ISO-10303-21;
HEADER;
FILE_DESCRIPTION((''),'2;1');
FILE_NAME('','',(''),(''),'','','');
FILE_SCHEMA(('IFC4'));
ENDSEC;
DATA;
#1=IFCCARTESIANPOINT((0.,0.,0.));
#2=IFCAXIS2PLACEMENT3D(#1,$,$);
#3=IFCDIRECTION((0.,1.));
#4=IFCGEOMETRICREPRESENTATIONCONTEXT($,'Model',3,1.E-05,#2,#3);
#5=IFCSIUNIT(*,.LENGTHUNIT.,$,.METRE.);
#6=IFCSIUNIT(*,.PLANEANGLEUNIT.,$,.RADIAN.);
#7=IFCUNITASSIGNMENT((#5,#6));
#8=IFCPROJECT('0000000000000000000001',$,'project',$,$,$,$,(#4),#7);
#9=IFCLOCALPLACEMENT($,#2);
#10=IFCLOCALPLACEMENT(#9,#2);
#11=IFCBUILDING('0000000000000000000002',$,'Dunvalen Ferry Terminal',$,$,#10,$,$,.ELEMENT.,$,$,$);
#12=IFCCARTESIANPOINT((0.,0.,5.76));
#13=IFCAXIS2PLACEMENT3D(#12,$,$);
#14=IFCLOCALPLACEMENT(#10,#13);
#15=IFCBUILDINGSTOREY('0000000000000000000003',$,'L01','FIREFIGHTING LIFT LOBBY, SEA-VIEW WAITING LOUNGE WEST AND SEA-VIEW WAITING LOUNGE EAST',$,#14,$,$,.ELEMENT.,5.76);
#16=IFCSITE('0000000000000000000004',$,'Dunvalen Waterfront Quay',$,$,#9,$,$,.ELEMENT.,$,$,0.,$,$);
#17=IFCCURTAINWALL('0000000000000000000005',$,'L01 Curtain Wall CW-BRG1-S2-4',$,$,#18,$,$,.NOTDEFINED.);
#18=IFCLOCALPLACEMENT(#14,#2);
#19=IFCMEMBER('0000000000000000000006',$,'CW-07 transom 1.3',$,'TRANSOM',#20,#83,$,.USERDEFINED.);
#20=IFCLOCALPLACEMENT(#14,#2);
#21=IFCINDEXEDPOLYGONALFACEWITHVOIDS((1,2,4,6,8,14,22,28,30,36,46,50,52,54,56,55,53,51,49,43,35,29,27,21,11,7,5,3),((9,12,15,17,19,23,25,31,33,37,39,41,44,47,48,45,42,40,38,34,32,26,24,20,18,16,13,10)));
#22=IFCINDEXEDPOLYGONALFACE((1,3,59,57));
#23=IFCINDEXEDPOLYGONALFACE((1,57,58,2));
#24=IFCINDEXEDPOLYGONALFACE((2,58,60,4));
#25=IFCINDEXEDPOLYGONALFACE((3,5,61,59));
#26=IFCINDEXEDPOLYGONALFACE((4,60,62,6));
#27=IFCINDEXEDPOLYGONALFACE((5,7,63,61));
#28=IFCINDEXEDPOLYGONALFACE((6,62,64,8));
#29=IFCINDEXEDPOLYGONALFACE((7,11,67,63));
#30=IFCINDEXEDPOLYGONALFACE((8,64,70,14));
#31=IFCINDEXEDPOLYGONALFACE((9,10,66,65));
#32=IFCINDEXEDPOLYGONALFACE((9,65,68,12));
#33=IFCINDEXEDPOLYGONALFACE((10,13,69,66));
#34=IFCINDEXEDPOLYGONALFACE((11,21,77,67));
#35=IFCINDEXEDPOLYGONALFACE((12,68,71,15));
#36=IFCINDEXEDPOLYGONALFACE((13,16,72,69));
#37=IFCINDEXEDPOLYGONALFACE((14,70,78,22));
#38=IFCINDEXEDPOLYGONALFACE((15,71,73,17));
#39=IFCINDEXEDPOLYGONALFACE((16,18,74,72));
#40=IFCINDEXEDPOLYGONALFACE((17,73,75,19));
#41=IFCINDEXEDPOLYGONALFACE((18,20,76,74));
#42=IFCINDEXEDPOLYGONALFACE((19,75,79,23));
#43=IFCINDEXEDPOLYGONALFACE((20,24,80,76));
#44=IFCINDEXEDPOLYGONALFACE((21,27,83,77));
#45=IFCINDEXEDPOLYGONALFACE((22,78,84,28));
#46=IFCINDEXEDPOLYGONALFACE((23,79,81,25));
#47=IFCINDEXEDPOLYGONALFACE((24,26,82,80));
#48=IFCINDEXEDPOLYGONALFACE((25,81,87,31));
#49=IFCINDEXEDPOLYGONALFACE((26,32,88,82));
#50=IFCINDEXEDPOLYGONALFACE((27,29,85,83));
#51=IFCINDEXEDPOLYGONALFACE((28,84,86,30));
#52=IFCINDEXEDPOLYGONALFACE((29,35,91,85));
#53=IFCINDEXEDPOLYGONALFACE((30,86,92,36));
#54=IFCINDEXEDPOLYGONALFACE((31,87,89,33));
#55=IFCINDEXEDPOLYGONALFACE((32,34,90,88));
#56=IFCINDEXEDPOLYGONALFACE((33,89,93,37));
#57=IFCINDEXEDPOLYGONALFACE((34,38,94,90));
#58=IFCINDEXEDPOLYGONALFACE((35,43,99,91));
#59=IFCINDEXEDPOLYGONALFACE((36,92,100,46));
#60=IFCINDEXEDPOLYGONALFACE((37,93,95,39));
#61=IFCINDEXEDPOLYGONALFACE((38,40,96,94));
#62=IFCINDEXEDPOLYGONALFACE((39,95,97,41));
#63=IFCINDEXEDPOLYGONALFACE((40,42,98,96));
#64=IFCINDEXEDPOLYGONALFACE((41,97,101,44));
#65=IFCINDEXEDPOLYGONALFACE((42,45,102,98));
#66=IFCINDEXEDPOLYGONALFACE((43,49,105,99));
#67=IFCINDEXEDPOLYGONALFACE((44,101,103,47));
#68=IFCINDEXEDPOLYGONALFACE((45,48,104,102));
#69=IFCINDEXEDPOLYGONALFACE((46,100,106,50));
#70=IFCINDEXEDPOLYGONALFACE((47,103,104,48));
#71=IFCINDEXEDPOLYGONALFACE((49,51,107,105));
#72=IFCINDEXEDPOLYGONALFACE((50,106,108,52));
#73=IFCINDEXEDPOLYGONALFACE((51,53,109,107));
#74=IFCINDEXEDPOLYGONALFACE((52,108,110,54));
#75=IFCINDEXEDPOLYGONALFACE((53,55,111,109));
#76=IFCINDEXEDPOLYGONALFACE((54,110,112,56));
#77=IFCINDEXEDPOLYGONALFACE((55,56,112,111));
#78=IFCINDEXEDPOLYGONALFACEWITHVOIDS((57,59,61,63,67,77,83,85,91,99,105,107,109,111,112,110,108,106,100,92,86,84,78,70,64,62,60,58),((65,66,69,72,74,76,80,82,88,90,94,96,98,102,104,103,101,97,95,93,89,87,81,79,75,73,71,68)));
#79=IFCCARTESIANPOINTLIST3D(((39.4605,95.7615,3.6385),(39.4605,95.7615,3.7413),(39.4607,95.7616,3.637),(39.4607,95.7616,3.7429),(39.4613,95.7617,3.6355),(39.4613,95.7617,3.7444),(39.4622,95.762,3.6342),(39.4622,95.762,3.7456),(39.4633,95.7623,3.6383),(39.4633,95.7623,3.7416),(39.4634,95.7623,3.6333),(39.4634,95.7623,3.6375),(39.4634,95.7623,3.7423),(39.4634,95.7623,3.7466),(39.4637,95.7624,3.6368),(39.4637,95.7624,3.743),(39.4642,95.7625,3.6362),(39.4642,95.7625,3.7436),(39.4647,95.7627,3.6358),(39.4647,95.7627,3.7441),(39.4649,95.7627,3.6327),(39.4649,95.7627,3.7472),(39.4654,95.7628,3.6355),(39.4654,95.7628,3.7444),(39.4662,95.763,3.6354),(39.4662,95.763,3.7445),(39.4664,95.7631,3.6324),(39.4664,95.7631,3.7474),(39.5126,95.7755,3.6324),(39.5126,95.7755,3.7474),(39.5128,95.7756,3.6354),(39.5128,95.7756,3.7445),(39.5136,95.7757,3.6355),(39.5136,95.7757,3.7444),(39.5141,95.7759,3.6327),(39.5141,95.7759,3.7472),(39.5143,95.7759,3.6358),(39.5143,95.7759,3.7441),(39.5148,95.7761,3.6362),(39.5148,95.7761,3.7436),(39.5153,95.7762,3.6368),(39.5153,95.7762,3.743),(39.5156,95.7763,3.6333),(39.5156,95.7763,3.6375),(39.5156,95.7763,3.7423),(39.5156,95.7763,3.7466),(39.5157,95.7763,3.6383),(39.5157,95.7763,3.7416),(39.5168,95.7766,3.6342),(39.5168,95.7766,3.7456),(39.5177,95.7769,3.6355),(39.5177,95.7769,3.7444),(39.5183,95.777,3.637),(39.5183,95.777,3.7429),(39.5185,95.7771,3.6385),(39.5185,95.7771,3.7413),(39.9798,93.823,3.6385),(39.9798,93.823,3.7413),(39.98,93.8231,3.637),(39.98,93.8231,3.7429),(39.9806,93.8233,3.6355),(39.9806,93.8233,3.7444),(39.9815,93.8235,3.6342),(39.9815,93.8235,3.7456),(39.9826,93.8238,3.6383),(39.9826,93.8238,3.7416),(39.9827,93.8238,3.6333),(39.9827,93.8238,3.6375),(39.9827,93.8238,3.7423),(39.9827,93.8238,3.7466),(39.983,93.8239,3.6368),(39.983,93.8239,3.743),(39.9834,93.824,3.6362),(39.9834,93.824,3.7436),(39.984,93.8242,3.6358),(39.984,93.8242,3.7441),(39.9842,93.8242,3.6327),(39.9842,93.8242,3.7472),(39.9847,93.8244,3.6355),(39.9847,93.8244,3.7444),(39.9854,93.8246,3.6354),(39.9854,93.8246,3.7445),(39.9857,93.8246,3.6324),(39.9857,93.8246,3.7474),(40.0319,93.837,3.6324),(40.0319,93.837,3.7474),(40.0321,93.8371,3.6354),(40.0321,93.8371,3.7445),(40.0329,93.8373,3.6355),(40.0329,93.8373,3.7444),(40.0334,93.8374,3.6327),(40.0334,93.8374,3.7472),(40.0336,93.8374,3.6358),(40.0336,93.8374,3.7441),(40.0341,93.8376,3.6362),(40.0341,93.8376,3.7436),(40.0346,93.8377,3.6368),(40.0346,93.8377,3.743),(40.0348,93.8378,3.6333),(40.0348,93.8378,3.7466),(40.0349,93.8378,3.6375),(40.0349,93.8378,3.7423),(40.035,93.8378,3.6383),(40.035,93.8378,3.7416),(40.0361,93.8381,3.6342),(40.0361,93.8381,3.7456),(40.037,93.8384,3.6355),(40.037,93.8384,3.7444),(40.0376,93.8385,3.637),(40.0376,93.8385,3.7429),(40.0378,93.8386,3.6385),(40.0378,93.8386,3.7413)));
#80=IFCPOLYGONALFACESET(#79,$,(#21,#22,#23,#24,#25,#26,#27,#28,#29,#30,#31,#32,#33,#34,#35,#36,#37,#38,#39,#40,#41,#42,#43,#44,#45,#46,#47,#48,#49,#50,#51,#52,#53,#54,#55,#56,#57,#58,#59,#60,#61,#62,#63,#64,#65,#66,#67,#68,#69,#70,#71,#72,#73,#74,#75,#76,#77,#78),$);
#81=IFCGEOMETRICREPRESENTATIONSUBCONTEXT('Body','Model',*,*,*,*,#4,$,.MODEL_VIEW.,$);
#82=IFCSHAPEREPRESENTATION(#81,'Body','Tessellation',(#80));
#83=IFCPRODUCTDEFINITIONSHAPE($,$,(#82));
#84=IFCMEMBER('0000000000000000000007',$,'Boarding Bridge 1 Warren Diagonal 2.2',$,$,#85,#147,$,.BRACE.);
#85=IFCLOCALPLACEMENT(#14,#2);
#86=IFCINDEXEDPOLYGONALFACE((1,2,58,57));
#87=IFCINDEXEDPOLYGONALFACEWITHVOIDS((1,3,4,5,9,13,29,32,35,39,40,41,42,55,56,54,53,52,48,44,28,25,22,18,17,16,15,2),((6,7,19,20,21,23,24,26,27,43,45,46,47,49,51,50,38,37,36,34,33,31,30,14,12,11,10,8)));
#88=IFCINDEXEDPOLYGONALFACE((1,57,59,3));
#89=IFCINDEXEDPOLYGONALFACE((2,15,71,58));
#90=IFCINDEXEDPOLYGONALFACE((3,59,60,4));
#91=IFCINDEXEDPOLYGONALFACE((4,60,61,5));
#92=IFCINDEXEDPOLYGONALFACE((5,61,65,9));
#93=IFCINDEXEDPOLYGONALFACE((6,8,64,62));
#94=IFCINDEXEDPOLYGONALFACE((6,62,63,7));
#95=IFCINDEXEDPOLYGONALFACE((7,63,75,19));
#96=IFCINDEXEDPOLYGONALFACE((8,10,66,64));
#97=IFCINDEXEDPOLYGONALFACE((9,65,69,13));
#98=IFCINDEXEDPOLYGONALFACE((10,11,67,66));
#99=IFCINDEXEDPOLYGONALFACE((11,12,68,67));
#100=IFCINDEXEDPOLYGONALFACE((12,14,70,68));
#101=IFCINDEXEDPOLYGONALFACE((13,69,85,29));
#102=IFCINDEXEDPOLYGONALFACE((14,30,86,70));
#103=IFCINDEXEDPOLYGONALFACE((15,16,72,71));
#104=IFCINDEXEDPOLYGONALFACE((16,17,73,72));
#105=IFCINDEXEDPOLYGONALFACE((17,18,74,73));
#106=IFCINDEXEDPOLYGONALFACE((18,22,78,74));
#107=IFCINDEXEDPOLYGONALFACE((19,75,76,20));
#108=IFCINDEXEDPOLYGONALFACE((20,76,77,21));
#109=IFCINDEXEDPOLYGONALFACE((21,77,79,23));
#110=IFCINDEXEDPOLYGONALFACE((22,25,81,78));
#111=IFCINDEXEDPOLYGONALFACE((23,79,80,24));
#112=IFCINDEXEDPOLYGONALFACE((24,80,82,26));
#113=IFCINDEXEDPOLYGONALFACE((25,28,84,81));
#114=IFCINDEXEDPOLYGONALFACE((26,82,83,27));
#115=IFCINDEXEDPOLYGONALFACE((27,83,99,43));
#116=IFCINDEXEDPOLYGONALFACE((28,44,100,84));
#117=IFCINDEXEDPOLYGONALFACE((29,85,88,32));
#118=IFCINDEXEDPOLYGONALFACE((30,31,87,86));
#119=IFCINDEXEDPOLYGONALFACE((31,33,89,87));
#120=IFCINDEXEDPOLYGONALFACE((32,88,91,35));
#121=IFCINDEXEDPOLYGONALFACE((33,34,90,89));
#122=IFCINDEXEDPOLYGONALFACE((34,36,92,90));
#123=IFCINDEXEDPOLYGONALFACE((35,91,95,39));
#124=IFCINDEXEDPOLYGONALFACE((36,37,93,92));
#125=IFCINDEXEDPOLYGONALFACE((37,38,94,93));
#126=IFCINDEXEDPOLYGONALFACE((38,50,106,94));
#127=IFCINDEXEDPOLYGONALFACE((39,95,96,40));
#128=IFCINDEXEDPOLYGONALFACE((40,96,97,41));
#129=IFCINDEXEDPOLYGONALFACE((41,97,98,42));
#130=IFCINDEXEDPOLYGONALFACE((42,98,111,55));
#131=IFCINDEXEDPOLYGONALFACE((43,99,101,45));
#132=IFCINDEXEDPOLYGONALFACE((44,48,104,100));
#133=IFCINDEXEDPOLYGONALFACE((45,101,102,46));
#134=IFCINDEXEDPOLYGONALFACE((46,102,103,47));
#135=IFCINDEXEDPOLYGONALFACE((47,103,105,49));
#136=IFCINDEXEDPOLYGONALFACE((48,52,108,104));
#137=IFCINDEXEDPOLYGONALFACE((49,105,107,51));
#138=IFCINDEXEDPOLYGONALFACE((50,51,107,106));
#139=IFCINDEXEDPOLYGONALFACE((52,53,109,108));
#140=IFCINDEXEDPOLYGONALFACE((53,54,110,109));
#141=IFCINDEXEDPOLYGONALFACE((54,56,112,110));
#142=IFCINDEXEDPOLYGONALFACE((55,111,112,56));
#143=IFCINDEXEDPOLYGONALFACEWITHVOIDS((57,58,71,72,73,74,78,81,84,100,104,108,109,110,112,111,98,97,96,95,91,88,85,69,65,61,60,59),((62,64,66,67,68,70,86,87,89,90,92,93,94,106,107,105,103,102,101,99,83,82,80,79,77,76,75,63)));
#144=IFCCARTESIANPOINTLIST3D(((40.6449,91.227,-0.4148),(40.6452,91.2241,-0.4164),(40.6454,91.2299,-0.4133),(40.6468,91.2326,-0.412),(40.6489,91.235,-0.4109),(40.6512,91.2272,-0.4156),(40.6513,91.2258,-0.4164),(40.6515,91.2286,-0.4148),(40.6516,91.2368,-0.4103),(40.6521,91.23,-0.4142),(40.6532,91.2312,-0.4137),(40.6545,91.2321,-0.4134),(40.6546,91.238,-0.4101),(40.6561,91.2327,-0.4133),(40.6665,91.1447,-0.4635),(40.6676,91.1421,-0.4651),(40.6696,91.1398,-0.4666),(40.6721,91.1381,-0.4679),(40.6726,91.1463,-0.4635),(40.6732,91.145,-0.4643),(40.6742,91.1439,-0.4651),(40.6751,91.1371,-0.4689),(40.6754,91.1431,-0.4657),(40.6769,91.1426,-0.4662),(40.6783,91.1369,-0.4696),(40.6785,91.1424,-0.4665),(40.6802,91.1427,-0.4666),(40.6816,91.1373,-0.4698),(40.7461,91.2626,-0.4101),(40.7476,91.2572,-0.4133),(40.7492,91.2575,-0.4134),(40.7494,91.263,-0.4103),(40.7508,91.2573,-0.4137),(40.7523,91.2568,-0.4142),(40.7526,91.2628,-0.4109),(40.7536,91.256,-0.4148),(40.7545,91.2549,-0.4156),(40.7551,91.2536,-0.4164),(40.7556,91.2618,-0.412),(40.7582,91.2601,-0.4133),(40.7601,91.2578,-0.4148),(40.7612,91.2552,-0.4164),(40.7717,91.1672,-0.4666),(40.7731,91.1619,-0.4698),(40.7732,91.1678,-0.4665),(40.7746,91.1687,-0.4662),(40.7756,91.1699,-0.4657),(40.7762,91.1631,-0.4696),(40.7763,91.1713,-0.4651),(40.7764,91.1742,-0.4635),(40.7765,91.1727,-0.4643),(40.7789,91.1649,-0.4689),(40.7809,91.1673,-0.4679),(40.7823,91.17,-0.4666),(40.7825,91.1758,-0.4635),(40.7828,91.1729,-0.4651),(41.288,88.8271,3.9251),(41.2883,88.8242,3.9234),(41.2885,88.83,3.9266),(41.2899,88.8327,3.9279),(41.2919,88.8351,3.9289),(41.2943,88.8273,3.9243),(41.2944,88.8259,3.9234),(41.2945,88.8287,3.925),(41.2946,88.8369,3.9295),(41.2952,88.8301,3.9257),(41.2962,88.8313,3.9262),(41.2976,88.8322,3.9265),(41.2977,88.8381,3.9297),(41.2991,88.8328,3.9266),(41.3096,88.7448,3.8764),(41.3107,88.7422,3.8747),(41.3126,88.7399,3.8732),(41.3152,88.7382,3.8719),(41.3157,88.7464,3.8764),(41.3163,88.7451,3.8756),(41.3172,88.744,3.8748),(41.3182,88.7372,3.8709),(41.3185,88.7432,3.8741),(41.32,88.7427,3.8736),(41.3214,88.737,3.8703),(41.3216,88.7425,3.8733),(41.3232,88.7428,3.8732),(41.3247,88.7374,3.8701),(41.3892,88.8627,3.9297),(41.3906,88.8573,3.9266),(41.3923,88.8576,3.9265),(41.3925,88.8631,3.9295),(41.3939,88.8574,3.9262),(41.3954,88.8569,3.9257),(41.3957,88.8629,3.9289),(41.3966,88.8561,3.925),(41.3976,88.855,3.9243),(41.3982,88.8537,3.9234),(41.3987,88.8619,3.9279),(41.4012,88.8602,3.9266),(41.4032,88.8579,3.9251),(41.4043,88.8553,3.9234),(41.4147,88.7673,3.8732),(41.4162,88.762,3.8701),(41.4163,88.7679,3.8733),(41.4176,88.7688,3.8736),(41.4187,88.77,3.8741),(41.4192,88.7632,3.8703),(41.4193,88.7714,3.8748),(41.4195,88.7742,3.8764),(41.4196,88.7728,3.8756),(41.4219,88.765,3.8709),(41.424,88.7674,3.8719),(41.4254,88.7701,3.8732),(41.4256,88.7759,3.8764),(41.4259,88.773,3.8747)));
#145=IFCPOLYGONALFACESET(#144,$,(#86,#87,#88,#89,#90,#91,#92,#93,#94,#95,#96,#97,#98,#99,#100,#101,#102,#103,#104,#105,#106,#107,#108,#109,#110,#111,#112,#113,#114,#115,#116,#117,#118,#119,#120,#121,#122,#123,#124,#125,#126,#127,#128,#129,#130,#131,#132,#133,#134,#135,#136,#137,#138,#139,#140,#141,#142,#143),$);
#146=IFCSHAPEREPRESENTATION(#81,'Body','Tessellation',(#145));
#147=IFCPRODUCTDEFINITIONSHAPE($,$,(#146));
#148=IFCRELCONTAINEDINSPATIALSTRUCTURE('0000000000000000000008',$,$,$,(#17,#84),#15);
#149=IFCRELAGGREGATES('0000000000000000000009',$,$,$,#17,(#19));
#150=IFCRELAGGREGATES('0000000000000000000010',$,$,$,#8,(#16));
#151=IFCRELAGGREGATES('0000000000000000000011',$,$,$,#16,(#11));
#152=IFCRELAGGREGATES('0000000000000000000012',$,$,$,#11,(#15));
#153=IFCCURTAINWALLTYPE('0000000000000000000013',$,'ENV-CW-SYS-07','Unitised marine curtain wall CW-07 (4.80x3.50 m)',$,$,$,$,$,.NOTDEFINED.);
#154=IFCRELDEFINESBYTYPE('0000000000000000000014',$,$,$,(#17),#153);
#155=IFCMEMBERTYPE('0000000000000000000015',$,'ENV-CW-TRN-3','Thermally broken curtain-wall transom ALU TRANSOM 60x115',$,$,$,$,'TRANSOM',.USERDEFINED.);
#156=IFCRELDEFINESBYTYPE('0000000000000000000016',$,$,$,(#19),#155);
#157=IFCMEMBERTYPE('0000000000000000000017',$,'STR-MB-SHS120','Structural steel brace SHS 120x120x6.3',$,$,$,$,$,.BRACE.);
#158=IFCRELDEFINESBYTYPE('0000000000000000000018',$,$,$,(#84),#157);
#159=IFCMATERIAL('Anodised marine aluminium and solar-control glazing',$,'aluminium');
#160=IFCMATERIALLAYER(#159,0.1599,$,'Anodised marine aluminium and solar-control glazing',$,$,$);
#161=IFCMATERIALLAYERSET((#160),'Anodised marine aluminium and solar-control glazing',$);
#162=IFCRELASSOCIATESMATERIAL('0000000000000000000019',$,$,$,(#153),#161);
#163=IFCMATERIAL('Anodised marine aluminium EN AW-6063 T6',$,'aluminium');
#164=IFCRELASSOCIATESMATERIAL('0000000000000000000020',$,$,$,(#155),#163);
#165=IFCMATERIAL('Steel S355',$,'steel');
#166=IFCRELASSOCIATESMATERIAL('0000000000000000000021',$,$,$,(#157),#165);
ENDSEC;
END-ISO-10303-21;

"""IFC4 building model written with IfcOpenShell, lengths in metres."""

from ifc_helpers import new_model, si_unit, direction, frame, origin, origin_2d, place, context, subcontext, project, spatial, hollow_rectangle, extrude, material, layer, layer_set, material_profile, profile_set, type_object, element, aggregate, save


model = new_model("IFC4")

# Units and contexts
model_context = context("Model", 3, precision=1e-05, world=origin(), true_north=direction((0.0, 1.0)))
body_context = subcontext(model_context, "Body", "Model", "MODEL_VIEW")
ifc_project = project(units=[si_unit("LENGTHUNIT", "METRE"), si_unit("PLANEANGLEUNIT", "RADIAN")], contexts=[model_context])

# Site, building, storey
site_placement = place(None, origin())
site = spatial("IfcSite", under=ifc_project, at=site_placement, Name="Dunvalen Waterfront Quay", CompositionType="ELEMENT", RefElevation=0.0)
building_placement = place(site_placement, origin())
building = spatial("IfcBuilding", under=site, at=building_placement, Name="Dunvalen Ferry Terminal", CompositionType="ELEMENT")
storey_placement = place(building_placement, frame((0.0, 0.0, 5.76)))
storey = spatial("IfcBuildingStorey", under=building, at=storey_placement, Name="L01", Description="FIREFIGHTING LIFT LOBBY, SEA-VIEW WAITING LOUNGE WEST AND SEA-VIEW WAITING LOUNGE EAST", CompositionType="ELEMENT", Elevation=5.76)

# Shared definitions
ifc_material_1 = material(Name="Anodised marine aluminium and solar-control glazing", Category="aluminium")
ifc_layer_1 = layer(ifc_material_1, 0.1599, Name="Anodised marine aluminium and solar-control glazing")
ifc_layer_set_1 = layer_set([ifc_layer_1], Name="Anodised marine aluminium and solar-control glazing")
curtain_wall_type = type_object("IfcCurtainWallType", Name="ENV-CW-SYS-07", Description="Unitised marine curtain wall CW-07 (4.80x3.50 m)", PredefinedType="NOTDEFINED", material=ifc_layer_set_1)
ifc_material_2 = material(Name="Anodised marine aluminium EN AW-6063 T6", Category="aluminium")

# Curtain wall
curtain_wall_1_placement = place(storey_placement, origin())
curtain_wall_1 = element("IfcCurtainWall", 1, at=curtain_wall_1_placement, inside=storey, type_object=curtain_wall_type, Name="L01 Curtain Wall CW-BRG1-S2-4", PredefinedType="NOTDEFINED")

# Member
ifc_material_profile_1 = material_profile(ifc_material_2, hollow_rectangle(XDim=0.0601, YDim=0.115, WallThickness=0.0029, InnerFilletRadius=0.0029, OuterFilletRadius=0.0061, at=origin_2d()), Name="Anodised marine aluminium EN AW-6063 T6")
ifc_profile_set_1 = profile_set([ifc_material_profile_1], Name="Anodised marine aluminium EN AW-6063 T6")
member_type_1 = type_object("IfcMemberType", Name="ENV-CW-TRN-3", Description="Thermally broken curtain-wall transom ALU TRANSOM 60x115", ElementType="TRANSOM", PredefinedType="USERDEFINED", material=ifc_profile_set_1)
member_1_placement = place(storey_placement, frame((40.0088, 93.8308, 3.6899), z_axis=(-0.25876, 0.965942, 0.0), x_axis=(-0.965942, -0.25876, 0.0)))
member_1 = element("IfcMember", 2, at=member_1_placement, type_object=member_type_1, Name="CW-07 transom 1.3", ObjectType="TRANSOM", PredefinedType="USERDEFINED", context=body_context, shape_type="SweptSolid", body=[
    extrude(hollow_rectangle(XDim=0.0601, YDim=0.115, WallThickness=0.0029, InnerFilletRadius=0.0029, OuterFilletRadius=0.0061, at=origin_2d()), origin(), (0.0, 0.0, 1.0), 2.0068),
])

# Member
ifc_material_3 = material(Name="Steel S355", Category="steel")
ifc_material_profile_2 = material_profile(ifc_material_3, hollow_rectangle(XDim=0.1201, YDim=0.1201, WallThickness=0.0063, InnerFilletRadius=0.0063, OuterFilletRadius=0.0127, at=origin_2d()), Name="Steel S355")
ifc_profile_set_2 = profile_set([ifc_material_profile_2], Name="Steel S355")
member_type_2 = type_object("IfcMemberType", Name="STR-MB-SHS120", Description="Structural steel brace SHS 120x120x6.3", PredefinedType="BRACE", material=ifc_profile_set_2)
for number, where, z_axis, x_axis, name in (
    (3, (41.3569, 88.8, 3.8999), (-0.128594, 0.47991, -0.867842), (-0.965924, -0.258824, 0.0), "Boarding Bridge 1 Warren Diagonal 2.2"),
):
    element("IfcMember", number, at=place(storey_placement, frame(where, z_axis=z_axis, x_axis=x_axis)), inside=storey, type_object=member_type_2, Name=name, PredefinedType="BRACE", context=body_context, shape_type="SweptSolid", body=[
        extrude(hollow_rectangle(XDim=0.1201, YDim=0.1201, WallThickness=0.0063, InnerFilletRadius=0.0063, OuterFilletRadius=0.0127, at=origin_2d()), origin(), (0.0, 0.0, 1.0), 5.0007),
    ])

aggregate(curtain_wall_1, [member_1])

save(model, "model.ifc")
